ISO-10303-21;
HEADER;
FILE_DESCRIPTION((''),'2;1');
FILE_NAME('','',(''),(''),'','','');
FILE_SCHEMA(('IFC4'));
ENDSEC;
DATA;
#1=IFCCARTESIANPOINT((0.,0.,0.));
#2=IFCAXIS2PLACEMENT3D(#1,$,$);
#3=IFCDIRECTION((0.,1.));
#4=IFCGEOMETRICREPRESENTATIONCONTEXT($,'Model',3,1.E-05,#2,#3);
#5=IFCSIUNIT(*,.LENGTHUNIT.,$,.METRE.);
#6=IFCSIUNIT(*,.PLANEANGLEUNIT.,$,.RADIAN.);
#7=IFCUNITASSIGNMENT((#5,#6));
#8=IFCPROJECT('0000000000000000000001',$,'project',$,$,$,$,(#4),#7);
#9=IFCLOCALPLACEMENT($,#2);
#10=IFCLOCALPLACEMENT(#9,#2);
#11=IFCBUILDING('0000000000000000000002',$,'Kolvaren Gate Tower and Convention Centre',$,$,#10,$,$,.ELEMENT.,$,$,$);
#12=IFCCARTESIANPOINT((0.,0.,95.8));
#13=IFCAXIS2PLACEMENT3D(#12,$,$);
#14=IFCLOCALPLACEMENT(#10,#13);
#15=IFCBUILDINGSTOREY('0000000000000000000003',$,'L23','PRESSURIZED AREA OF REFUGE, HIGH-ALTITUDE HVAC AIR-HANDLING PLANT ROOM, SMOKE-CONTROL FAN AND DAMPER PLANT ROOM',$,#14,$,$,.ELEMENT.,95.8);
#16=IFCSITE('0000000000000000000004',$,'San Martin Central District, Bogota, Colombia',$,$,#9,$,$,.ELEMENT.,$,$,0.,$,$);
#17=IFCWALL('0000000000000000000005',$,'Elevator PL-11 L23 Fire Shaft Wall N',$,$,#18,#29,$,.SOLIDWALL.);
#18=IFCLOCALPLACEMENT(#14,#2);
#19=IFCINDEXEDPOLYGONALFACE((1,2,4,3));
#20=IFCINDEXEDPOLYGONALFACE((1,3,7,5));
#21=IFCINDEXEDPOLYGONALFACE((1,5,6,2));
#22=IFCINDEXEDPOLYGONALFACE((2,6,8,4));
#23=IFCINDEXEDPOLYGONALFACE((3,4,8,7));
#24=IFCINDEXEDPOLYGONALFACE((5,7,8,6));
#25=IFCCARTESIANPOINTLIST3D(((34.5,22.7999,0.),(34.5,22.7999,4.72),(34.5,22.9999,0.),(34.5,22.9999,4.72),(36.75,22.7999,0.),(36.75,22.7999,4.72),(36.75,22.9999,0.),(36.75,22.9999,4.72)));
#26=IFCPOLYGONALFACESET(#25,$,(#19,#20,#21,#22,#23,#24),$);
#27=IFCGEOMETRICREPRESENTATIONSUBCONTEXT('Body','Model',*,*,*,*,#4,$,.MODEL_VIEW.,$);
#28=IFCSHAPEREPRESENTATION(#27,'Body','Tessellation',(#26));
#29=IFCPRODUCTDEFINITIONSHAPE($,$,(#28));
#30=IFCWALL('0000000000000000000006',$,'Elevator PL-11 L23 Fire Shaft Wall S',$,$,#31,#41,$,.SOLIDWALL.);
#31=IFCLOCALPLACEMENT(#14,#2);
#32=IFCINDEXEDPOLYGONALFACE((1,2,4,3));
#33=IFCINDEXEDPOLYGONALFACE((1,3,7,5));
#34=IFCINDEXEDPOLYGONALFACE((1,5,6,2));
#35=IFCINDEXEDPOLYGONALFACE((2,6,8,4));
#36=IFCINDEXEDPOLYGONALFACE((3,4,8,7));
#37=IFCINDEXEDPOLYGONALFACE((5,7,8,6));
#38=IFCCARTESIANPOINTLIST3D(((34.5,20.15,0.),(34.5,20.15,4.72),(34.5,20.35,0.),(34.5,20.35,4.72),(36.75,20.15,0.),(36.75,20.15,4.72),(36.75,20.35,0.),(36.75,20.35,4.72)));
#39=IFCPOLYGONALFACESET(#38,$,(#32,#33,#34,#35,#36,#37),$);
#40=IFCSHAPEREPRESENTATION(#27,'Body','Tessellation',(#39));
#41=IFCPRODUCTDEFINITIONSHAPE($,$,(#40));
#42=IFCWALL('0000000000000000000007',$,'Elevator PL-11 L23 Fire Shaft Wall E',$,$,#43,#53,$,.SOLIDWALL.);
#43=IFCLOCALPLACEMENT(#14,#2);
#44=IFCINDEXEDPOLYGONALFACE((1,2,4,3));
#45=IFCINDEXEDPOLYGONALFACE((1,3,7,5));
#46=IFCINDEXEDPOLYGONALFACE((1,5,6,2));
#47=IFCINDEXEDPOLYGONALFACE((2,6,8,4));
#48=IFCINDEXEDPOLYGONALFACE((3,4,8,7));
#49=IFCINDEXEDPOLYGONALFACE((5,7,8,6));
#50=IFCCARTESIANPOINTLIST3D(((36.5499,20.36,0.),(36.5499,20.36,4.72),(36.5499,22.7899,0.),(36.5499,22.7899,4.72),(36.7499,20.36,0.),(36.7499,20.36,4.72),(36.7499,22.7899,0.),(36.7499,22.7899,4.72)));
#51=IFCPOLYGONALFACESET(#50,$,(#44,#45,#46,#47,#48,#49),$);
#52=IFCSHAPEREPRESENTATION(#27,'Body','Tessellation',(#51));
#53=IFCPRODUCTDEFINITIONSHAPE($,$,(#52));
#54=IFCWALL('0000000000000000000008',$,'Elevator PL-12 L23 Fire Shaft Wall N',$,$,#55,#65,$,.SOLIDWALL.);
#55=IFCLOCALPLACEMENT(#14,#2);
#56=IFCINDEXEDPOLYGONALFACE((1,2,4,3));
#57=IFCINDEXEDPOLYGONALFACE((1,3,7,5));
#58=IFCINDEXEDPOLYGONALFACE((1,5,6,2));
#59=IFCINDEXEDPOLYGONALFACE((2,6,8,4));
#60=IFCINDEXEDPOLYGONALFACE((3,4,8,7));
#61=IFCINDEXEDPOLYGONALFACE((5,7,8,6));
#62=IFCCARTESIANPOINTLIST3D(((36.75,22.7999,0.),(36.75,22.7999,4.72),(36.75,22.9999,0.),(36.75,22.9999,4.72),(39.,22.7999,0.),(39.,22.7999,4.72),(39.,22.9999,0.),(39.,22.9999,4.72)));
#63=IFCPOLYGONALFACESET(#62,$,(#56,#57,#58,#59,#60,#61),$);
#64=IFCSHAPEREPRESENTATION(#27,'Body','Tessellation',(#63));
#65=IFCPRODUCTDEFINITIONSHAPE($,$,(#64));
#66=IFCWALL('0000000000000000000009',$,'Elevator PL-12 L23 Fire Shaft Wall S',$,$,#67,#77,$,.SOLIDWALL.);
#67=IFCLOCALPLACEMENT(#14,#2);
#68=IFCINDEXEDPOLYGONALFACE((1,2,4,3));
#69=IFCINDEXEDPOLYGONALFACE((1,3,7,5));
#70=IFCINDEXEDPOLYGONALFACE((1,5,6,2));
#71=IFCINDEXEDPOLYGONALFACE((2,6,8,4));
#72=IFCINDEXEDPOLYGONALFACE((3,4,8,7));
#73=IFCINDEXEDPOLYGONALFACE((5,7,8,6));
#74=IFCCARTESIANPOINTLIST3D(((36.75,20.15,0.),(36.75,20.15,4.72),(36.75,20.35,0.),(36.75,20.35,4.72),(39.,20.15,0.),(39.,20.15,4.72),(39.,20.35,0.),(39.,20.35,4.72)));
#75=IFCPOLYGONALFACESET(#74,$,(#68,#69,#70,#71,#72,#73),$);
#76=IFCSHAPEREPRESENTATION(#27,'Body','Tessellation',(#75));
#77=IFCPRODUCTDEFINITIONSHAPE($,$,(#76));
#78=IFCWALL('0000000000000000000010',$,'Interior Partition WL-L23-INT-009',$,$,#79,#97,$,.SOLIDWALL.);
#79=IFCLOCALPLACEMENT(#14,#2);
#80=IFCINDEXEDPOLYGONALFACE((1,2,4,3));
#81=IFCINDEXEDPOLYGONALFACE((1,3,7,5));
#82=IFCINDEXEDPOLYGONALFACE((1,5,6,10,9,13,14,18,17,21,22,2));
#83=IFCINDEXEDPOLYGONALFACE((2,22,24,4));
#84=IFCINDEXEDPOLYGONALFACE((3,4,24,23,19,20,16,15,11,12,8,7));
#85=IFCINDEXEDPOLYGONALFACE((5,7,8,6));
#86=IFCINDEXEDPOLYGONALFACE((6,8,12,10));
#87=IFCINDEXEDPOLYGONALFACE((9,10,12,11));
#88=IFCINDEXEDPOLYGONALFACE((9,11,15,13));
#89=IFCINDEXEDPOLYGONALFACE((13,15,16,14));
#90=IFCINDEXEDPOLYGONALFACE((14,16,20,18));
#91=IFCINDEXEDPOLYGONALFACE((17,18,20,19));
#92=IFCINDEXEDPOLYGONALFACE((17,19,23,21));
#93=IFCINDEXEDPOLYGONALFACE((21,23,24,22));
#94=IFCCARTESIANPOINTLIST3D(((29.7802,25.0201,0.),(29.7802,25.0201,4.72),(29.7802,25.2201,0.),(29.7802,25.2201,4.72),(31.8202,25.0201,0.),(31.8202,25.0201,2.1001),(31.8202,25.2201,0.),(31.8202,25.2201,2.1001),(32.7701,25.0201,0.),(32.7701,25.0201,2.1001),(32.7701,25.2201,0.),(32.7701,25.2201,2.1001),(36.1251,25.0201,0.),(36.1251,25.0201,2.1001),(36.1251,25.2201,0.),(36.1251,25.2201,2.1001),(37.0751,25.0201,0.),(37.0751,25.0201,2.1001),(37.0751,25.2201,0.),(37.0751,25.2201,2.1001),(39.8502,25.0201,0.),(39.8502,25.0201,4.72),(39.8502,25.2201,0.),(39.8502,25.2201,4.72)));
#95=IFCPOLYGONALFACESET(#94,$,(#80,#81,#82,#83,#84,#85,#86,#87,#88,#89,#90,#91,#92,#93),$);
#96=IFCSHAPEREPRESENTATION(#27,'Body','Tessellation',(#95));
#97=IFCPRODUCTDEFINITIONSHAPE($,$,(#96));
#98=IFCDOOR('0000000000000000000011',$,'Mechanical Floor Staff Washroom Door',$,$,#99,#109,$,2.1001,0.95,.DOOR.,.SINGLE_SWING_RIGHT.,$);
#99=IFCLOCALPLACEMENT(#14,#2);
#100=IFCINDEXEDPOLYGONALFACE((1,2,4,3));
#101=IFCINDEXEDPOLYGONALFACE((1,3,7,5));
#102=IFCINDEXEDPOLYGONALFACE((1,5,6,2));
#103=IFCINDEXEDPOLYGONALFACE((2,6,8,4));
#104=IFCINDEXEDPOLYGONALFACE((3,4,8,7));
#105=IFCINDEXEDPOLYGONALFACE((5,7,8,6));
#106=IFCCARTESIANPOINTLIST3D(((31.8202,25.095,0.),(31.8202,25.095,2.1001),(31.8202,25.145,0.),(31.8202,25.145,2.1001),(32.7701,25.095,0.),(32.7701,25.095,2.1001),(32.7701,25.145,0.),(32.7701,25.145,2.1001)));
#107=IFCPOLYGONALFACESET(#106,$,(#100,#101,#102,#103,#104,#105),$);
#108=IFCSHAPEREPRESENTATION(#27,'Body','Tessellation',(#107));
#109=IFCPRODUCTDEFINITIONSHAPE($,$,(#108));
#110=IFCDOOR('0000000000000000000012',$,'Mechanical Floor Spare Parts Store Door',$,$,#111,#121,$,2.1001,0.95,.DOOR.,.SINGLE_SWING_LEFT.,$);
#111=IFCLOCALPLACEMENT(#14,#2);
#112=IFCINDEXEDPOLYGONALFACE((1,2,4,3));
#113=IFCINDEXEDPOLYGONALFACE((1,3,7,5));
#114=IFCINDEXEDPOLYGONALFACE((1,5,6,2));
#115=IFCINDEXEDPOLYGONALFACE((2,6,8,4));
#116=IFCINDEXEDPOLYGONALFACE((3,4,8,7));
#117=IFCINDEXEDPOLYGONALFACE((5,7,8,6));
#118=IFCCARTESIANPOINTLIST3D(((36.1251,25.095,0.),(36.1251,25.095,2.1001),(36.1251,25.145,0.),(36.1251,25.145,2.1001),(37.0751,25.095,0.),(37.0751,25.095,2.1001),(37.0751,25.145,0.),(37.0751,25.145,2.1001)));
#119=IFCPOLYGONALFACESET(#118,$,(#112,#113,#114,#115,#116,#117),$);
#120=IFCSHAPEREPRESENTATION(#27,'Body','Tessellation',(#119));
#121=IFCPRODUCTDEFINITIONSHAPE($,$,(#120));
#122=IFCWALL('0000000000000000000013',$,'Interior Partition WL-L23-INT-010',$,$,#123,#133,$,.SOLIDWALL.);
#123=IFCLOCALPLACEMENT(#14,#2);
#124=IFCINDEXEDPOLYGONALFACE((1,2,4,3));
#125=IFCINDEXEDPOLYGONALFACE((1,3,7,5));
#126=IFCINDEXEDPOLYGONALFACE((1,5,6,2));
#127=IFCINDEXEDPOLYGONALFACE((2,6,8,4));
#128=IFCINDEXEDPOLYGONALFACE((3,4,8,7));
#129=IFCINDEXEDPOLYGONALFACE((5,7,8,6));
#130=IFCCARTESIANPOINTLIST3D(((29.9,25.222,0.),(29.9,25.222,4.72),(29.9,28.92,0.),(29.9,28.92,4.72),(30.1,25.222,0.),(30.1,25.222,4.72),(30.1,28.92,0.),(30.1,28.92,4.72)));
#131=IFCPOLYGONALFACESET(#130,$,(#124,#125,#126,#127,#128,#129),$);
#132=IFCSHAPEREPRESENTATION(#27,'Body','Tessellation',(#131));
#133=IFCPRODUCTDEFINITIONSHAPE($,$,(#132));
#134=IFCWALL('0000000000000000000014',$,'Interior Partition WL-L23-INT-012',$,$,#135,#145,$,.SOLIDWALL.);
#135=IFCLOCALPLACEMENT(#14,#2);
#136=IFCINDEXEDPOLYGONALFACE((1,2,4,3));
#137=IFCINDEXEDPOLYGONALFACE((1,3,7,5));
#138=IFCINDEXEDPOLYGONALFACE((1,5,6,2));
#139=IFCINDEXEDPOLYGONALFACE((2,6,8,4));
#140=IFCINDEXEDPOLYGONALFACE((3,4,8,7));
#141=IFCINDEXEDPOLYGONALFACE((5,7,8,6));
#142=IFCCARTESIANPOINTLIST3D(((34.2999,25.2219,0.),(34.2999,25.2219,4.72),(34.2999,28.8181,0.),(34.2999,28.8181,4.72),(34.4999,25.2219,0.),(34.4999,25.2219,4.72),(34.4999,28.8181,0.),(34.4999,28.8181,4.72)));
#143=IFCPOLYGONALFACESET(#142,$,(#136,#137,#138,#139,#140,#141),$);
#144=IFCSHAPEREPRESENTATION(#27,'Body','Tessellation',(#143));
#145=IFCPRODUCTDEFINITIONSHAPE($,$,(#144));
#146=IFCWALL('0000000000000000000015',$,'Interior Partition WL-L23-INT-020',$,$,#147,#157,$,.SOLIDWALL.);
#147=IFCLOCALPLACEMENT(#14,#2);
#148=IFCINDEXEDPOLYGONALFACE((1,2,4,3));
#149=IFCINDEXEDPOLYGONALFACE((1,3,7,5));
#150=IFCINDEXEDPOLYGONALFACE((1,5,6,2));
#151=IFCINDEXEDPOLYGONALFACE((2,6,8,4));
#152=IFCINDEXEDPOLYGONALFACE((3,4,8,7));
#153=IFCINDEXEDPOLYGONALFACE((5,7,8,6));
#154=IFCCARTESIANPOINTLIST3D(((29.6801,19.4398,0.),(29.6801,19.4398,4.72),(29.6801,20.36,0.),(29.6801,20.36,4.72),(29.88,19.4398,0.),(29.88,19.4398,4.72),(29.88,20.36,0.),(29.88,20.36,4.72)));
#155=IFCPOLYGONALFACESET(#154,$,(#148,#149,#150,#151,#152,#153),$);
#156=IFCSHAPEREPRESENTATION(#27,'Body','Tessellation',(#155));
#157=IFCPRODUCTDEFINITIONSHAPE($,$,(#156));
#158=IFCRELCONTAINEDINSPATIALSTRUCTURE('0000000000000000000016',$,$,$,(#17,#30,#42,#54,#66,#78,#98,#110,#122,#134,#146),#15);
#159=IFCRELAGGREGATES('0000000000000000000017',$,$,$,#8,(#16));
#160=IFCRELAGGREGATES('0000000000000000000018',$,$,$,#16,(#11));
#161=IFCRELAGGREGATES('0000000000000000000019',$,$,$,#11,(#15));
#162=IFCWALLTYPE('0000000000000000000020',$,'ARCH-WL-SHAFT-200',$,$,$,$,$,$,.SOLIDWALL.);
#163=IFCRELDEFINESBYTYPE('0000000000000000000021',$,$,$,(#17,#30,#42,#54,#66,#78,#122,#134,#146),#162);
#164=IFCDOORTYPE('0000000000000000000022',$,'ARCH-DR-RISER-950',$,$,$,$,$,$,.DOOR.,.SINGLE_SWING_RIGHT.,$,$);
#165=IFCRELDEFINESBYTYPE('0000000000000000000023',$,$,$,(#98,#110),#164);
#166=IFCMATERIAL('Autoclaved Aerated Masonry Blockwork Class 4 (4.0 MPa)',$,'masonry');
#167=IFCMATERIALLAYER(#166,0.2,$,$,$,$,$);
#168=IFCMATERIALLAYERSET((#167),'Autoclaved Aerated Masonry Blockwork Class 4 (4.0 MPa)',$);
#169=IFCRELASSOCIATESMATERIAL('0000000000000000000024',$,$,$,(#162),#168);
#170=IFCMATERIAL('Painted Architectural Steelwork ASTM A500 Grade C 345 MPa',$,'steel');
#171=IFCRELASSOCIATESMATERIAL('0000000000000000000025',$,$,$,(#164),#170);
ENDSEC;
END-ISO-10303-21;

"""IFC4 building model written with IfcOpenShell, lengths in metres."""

from ifc_helpers import new_model, si_unit, direction, frame, frame_2d, origin, place, context, subcontext, project, spatial, rectangle, extrude, material, layer, layer_set, type_object, element, fill, save


model = new_model("IFC4")

# Units and contexts
model_context = context("Model", 3, precision=1e-05, world=origin(), true_north=direction((0.0, 1.0)))
body_context = subcontext(model_context, "Body", "Model", "MODEL_VIEW")
ifc_project = project(units=[si_unit("LENGTHUNIT", "METRE"), si_unit("PLANEANGLEUNIT", "RADIAN")], contexts=[model_context])

# Site, building, storey
site_placement = place(None, origin())
site = spatial("IfcSite", under=ifc_project, at=site_placement, Name="San Martin Central District, Bogota, Colombia", CompositionType="ELEMENT", RefElevation=0.0)
building_placement = place(site_placement, origin())
building = spatial("IfcBuilding", under=site, at=building_placement, Name="Kolvaren Gate Tower and Convention Centre", CompositionType="ELEMENT")
storey_placement = place(building_placement, frame((0.0, 0.0, 95.8)))
storey = spatial("IfcBuildingStorey", under=building, at=storey_placement, Name="L23", Description="PRESSURIZED AREA OF REFUGE, HIGH-ALTITUDE HVAC AIR-HANDLING PLANT ROOM, SMOKE-CONTROL FAN AND DAMPER PLANT ROOM", CompositionType="ELEMENT", Elevation=95.8)

# Walls
ifc_material_1 = material(Name="Autoclaved Aerated Masonry Blockwork Class 4 (4.0 MPa)", Category="masonry")
ifc_layer = layer(ifc_material_1, 0.2)
ifc_layer_set = layer_set([ifc_layer], Name="Autoclaved Aerated Masonry Blockwork Class 4 (4.0 MPa)")
wall_type = type_object("IfcWallType", Name="ARCH-WL-SHAFT-200", PredefinedType="SOLIDWALL", material=ifc_layer_set)
for number, where, z_axis, x_axis, name in (
    (1, (34.5, 22.8999, 0.0), (0.0, 0.0, 1.0), (1.0, 0.0, 0.0), "Elevator PL-11 L23 Fire Shaft Wall N"),
    (2, (34.5, 20.25, 0.0), (0.0, 0.0, 1.0), (1.0, 0.0, 0.0), "Elevator PL-11 L23 Fire Shaft Wall S"),
):
    element("IfcWall", number, at=place(storey_placement, frame(where, z_axis=z_axis, x_axis=x_axis)), inside=storey, type_object=wall_type, Name=name, PredefinedType="SOLIDWALL", context=body_context, shape_type="SweptSolid", body=[
        extrude(rectangle(XDim=2.25, YDim=0.2, at=frame_2d((1.125, 0.0))), origin(), (0.0, 0.0, 1.0), 4.72),
    ])
wall_1_placement = place(storey_placement, frame((36.6499, 20.3601, 0.0), z_axis=(0.0, 0.0, 1.0), x_axis=(0.0, 1.0, 0.0)))
element("IfcWall", 3, at=wall_1_placement, inside=storey, type_object=wall_type, Name="Elevator PL-11 L23 Fire Shaft Wall E", PredefinedType="SOLIDWALL", context=body_context, shape_type="SweptSolid", body=[
    extrude(rectangle(XDim=2.4299, YDim=0.2, at=frame_2d((1.2148, 0.0))), origin(), (0.0, 0.0, 1.0), 4.72),
])
for number, where, z_axis, x_axis, name in (
    (4, (36.75, 22.8999, 0.0), (0.0, 0.0, 1.0), (1.0, 0.0, 0.0), "Elevator PL-12 L23 Fire Shaft Wall N"),
    (5, (36.75, 20.25, 0.0), (0.0, 0.0, 1.0), (1.0, 0.0, 0.0), "Elevator PL-12 L23 Fire Shaft Wall S"),
):
    element("IfcWall", number, at=place(storey_placement, frame(where, z_axis=z_axis, x_axis=x_axis)), inside=storey, type_object=wall_type, Name=name, PredefinedType="SOLIDWALL", context=body_context, shape_type="SweptSolid", body=[
        extrude(rectangle(XDim=2.25, YDim=0.2, at=frame_2d((1.125, 0.0))), origin(), (0.0, 0.0, 1.0), 4.72),
    ])

# Wall, openings, doors
wall_2_placement = place(storey_placement, frame((29.78, 25.1201, 0.0), z_axis=(0.0, 0.0, 1.0), x_axis=(1.0, 0.0, 0.0)))
wall_2 = element("IfcWall", 6, at=wall_2_placement, inside=storey, type_object=wall_type, Name="Interior Partition WL-L23-INT-009", PredefinedType="SOLIDWALL", context=body_context, shape_type="SweptSolid", body=[
    extrude(rectangle(XDim=10.0701, YDim=0.2, at=frame_2d((5.0352, 0.0))), origin(), (0.0, 0.0, 1.0), 4.72),
])
opening_1_placement = place(wall_2_placement, frame((2.04, 0.0, 0.0)))
opening_1 = element("IfcOpeningElement", 7, at=opening_1_placement, cuts=wall_2, PredefinedType="OPENING", context=body_context, shape_type="SweptSolid", body=[
    extrude(rectangle(XDim=0.95, YDim=2.1001, at=frame_2d((0.4751, 1.05))), frame((0.0, 0.1099, 0.0), z_axis=(0.0, -1.0, 0.0), x_axis=(1.0, 0.0, 0.0)), (0.0, 0.0, 1.0), 0.22),
])
opening_2_placement = place(wall_2_placement, frame((6.345, 0.0, 0.0)))
opening_2 = element("IfcOpeningElement", 8, at=opening_2_placement, cuts=wall_2, PredefinedType="OPENING", context=body_context, shape_type="SweptSolid", body=[
    extrude(rectangle(XDim=0.95, YDim=2.1001, at=frame_2d((0.4751, 1.05))), frame((0.0, 0.1099, 0.0), z_axis=(0.0, -1.0, 0.0), x_axis=(1.0, 0.0, 0.0)), (0.0, 0.0, 1.0), 0.22),
])
ifc_material_2 = material(Name="Painted Architectural Steelwork ASTM A500 Grade C 345 MPa", Category="steel")
door_type = type_object("IfcDoorType", Name="ARCH-DR-RISER-950", OperationType="SINGLE_SWING_RIGHT", PredefinedType="DOOR", material=ifc_material_2)
door_1_placement = place(opening_1_placement, origin())
door_1 = element("IfcDoor", 9, at=door_1_placement, inside=storey, type_object=door_type, Name="Mechanical Floor Staff Washroom Door", OperationType="SINGLE_SWING_RIGHT", OverallHeight=2.1001, OverallWidth=0.95, PredefinedType="DOOR", context=body_context, shape_type="SweptSolid", body=[
    extrude(rectangle(XDim=0.95, YDim=2.1001, at=frame_2d((0.4751, 1.05))), frame((0.0, 0.0249, 0.0), z_axis=(0.0, -1.0, 0.0), x_axis=(1.0, 0.0, 0.0)), (0.0, 0.0, 1.0), 0.05),
])
fill(opening_1, door_1)
door_2_placement = place(opening_2_placement, origin())
door_2 = element("IfcDoor", 10, at=door_2_placement, inside=storey, type_object=door_type, Name="Mechanical Floor Spare Parts Store Door", OperationType="SINGLE_SWING_LEFT", OverallHeight=2.1001, OverallWidth=0.95, PredefinedType="DOOR", context=body_context, shape_type="SweptSolid", body=[
    extrude(rectangle(XDim=0.95, YDim=2.1001, at=frame_2d((0.4751, 1.05))), frame((0.0, 0.0249, 0.0), z_axis=(0.0, -1.0, 0.0), x_axis=(1.0, 0.0, 0.0)), (0.0, 0.0, 1.0), 0.05),
])
fill(opening_2, door_2)

# Walls
wall_3_placement = place(storey_placement, frame((30.0, 25.2219, 0.0), z_axis=(0.0, 0.0, 1.0), x_axis=(0.0, 1.0, 0.0)))
element("IfcWall", 11, at=wall_3_placement, inside=storey, type_object=wall_type, Name="Interior Partition WL-L23-INT-010", PredefinedType="SOLIDWALL", context=body_context, shape_type="SweptSolid", body=[
    extrude(rectangle(XDim=3.698, YDim=0.2, at=frame_2d((1.8491, 0.0))), origin(), (0.0, 0.0, 1.0), 4.72),
])
wall_4_placement = place(storey_placement, frame((34.3999, 25.2219, 0.0), z_axis=(0.0, 0.0, 1.0), x_axis=(0.0, 1.0, 0.0)))
element("IfcWall", 12, at=wall_4_placement, inside=storey, type_object=wall_type, Name="Interior Partition WL-L23-INT-012", PredefinedType="SOLIDWALL", context=body_context, shape_type="SweptSolid", body=[
    extrude(rectangle(XDim=3.5962, YDim=0.2, at=frame_2d((1.7981, 0.0))), origin(), (0.0, 0.0, 1.0), 4.72),
])
wall_5_placement = place(storey_placement, frame((29.78, 19.4399, 0.0), z_axis=(0.0, 0.0, 1.0), x_axis=(0.0, 1.0, 0.0)))
element("IfcWall", 13, at=wall_5_placement, inside=storey, type_object=wall_type, Name="Interior Partition WL-L23-INT-020", PredefinedType="SOLIDWALL", context=body_context, shape_type="SweptSolid", body=[
    extrude(rectangle(XDim=0.9202, YDim=0.2, at=frame_2d((0.46, 0.0))), origin(), (0.0, 0.0, 1.0), 4.72),
])

save(model, "model.ifc")
